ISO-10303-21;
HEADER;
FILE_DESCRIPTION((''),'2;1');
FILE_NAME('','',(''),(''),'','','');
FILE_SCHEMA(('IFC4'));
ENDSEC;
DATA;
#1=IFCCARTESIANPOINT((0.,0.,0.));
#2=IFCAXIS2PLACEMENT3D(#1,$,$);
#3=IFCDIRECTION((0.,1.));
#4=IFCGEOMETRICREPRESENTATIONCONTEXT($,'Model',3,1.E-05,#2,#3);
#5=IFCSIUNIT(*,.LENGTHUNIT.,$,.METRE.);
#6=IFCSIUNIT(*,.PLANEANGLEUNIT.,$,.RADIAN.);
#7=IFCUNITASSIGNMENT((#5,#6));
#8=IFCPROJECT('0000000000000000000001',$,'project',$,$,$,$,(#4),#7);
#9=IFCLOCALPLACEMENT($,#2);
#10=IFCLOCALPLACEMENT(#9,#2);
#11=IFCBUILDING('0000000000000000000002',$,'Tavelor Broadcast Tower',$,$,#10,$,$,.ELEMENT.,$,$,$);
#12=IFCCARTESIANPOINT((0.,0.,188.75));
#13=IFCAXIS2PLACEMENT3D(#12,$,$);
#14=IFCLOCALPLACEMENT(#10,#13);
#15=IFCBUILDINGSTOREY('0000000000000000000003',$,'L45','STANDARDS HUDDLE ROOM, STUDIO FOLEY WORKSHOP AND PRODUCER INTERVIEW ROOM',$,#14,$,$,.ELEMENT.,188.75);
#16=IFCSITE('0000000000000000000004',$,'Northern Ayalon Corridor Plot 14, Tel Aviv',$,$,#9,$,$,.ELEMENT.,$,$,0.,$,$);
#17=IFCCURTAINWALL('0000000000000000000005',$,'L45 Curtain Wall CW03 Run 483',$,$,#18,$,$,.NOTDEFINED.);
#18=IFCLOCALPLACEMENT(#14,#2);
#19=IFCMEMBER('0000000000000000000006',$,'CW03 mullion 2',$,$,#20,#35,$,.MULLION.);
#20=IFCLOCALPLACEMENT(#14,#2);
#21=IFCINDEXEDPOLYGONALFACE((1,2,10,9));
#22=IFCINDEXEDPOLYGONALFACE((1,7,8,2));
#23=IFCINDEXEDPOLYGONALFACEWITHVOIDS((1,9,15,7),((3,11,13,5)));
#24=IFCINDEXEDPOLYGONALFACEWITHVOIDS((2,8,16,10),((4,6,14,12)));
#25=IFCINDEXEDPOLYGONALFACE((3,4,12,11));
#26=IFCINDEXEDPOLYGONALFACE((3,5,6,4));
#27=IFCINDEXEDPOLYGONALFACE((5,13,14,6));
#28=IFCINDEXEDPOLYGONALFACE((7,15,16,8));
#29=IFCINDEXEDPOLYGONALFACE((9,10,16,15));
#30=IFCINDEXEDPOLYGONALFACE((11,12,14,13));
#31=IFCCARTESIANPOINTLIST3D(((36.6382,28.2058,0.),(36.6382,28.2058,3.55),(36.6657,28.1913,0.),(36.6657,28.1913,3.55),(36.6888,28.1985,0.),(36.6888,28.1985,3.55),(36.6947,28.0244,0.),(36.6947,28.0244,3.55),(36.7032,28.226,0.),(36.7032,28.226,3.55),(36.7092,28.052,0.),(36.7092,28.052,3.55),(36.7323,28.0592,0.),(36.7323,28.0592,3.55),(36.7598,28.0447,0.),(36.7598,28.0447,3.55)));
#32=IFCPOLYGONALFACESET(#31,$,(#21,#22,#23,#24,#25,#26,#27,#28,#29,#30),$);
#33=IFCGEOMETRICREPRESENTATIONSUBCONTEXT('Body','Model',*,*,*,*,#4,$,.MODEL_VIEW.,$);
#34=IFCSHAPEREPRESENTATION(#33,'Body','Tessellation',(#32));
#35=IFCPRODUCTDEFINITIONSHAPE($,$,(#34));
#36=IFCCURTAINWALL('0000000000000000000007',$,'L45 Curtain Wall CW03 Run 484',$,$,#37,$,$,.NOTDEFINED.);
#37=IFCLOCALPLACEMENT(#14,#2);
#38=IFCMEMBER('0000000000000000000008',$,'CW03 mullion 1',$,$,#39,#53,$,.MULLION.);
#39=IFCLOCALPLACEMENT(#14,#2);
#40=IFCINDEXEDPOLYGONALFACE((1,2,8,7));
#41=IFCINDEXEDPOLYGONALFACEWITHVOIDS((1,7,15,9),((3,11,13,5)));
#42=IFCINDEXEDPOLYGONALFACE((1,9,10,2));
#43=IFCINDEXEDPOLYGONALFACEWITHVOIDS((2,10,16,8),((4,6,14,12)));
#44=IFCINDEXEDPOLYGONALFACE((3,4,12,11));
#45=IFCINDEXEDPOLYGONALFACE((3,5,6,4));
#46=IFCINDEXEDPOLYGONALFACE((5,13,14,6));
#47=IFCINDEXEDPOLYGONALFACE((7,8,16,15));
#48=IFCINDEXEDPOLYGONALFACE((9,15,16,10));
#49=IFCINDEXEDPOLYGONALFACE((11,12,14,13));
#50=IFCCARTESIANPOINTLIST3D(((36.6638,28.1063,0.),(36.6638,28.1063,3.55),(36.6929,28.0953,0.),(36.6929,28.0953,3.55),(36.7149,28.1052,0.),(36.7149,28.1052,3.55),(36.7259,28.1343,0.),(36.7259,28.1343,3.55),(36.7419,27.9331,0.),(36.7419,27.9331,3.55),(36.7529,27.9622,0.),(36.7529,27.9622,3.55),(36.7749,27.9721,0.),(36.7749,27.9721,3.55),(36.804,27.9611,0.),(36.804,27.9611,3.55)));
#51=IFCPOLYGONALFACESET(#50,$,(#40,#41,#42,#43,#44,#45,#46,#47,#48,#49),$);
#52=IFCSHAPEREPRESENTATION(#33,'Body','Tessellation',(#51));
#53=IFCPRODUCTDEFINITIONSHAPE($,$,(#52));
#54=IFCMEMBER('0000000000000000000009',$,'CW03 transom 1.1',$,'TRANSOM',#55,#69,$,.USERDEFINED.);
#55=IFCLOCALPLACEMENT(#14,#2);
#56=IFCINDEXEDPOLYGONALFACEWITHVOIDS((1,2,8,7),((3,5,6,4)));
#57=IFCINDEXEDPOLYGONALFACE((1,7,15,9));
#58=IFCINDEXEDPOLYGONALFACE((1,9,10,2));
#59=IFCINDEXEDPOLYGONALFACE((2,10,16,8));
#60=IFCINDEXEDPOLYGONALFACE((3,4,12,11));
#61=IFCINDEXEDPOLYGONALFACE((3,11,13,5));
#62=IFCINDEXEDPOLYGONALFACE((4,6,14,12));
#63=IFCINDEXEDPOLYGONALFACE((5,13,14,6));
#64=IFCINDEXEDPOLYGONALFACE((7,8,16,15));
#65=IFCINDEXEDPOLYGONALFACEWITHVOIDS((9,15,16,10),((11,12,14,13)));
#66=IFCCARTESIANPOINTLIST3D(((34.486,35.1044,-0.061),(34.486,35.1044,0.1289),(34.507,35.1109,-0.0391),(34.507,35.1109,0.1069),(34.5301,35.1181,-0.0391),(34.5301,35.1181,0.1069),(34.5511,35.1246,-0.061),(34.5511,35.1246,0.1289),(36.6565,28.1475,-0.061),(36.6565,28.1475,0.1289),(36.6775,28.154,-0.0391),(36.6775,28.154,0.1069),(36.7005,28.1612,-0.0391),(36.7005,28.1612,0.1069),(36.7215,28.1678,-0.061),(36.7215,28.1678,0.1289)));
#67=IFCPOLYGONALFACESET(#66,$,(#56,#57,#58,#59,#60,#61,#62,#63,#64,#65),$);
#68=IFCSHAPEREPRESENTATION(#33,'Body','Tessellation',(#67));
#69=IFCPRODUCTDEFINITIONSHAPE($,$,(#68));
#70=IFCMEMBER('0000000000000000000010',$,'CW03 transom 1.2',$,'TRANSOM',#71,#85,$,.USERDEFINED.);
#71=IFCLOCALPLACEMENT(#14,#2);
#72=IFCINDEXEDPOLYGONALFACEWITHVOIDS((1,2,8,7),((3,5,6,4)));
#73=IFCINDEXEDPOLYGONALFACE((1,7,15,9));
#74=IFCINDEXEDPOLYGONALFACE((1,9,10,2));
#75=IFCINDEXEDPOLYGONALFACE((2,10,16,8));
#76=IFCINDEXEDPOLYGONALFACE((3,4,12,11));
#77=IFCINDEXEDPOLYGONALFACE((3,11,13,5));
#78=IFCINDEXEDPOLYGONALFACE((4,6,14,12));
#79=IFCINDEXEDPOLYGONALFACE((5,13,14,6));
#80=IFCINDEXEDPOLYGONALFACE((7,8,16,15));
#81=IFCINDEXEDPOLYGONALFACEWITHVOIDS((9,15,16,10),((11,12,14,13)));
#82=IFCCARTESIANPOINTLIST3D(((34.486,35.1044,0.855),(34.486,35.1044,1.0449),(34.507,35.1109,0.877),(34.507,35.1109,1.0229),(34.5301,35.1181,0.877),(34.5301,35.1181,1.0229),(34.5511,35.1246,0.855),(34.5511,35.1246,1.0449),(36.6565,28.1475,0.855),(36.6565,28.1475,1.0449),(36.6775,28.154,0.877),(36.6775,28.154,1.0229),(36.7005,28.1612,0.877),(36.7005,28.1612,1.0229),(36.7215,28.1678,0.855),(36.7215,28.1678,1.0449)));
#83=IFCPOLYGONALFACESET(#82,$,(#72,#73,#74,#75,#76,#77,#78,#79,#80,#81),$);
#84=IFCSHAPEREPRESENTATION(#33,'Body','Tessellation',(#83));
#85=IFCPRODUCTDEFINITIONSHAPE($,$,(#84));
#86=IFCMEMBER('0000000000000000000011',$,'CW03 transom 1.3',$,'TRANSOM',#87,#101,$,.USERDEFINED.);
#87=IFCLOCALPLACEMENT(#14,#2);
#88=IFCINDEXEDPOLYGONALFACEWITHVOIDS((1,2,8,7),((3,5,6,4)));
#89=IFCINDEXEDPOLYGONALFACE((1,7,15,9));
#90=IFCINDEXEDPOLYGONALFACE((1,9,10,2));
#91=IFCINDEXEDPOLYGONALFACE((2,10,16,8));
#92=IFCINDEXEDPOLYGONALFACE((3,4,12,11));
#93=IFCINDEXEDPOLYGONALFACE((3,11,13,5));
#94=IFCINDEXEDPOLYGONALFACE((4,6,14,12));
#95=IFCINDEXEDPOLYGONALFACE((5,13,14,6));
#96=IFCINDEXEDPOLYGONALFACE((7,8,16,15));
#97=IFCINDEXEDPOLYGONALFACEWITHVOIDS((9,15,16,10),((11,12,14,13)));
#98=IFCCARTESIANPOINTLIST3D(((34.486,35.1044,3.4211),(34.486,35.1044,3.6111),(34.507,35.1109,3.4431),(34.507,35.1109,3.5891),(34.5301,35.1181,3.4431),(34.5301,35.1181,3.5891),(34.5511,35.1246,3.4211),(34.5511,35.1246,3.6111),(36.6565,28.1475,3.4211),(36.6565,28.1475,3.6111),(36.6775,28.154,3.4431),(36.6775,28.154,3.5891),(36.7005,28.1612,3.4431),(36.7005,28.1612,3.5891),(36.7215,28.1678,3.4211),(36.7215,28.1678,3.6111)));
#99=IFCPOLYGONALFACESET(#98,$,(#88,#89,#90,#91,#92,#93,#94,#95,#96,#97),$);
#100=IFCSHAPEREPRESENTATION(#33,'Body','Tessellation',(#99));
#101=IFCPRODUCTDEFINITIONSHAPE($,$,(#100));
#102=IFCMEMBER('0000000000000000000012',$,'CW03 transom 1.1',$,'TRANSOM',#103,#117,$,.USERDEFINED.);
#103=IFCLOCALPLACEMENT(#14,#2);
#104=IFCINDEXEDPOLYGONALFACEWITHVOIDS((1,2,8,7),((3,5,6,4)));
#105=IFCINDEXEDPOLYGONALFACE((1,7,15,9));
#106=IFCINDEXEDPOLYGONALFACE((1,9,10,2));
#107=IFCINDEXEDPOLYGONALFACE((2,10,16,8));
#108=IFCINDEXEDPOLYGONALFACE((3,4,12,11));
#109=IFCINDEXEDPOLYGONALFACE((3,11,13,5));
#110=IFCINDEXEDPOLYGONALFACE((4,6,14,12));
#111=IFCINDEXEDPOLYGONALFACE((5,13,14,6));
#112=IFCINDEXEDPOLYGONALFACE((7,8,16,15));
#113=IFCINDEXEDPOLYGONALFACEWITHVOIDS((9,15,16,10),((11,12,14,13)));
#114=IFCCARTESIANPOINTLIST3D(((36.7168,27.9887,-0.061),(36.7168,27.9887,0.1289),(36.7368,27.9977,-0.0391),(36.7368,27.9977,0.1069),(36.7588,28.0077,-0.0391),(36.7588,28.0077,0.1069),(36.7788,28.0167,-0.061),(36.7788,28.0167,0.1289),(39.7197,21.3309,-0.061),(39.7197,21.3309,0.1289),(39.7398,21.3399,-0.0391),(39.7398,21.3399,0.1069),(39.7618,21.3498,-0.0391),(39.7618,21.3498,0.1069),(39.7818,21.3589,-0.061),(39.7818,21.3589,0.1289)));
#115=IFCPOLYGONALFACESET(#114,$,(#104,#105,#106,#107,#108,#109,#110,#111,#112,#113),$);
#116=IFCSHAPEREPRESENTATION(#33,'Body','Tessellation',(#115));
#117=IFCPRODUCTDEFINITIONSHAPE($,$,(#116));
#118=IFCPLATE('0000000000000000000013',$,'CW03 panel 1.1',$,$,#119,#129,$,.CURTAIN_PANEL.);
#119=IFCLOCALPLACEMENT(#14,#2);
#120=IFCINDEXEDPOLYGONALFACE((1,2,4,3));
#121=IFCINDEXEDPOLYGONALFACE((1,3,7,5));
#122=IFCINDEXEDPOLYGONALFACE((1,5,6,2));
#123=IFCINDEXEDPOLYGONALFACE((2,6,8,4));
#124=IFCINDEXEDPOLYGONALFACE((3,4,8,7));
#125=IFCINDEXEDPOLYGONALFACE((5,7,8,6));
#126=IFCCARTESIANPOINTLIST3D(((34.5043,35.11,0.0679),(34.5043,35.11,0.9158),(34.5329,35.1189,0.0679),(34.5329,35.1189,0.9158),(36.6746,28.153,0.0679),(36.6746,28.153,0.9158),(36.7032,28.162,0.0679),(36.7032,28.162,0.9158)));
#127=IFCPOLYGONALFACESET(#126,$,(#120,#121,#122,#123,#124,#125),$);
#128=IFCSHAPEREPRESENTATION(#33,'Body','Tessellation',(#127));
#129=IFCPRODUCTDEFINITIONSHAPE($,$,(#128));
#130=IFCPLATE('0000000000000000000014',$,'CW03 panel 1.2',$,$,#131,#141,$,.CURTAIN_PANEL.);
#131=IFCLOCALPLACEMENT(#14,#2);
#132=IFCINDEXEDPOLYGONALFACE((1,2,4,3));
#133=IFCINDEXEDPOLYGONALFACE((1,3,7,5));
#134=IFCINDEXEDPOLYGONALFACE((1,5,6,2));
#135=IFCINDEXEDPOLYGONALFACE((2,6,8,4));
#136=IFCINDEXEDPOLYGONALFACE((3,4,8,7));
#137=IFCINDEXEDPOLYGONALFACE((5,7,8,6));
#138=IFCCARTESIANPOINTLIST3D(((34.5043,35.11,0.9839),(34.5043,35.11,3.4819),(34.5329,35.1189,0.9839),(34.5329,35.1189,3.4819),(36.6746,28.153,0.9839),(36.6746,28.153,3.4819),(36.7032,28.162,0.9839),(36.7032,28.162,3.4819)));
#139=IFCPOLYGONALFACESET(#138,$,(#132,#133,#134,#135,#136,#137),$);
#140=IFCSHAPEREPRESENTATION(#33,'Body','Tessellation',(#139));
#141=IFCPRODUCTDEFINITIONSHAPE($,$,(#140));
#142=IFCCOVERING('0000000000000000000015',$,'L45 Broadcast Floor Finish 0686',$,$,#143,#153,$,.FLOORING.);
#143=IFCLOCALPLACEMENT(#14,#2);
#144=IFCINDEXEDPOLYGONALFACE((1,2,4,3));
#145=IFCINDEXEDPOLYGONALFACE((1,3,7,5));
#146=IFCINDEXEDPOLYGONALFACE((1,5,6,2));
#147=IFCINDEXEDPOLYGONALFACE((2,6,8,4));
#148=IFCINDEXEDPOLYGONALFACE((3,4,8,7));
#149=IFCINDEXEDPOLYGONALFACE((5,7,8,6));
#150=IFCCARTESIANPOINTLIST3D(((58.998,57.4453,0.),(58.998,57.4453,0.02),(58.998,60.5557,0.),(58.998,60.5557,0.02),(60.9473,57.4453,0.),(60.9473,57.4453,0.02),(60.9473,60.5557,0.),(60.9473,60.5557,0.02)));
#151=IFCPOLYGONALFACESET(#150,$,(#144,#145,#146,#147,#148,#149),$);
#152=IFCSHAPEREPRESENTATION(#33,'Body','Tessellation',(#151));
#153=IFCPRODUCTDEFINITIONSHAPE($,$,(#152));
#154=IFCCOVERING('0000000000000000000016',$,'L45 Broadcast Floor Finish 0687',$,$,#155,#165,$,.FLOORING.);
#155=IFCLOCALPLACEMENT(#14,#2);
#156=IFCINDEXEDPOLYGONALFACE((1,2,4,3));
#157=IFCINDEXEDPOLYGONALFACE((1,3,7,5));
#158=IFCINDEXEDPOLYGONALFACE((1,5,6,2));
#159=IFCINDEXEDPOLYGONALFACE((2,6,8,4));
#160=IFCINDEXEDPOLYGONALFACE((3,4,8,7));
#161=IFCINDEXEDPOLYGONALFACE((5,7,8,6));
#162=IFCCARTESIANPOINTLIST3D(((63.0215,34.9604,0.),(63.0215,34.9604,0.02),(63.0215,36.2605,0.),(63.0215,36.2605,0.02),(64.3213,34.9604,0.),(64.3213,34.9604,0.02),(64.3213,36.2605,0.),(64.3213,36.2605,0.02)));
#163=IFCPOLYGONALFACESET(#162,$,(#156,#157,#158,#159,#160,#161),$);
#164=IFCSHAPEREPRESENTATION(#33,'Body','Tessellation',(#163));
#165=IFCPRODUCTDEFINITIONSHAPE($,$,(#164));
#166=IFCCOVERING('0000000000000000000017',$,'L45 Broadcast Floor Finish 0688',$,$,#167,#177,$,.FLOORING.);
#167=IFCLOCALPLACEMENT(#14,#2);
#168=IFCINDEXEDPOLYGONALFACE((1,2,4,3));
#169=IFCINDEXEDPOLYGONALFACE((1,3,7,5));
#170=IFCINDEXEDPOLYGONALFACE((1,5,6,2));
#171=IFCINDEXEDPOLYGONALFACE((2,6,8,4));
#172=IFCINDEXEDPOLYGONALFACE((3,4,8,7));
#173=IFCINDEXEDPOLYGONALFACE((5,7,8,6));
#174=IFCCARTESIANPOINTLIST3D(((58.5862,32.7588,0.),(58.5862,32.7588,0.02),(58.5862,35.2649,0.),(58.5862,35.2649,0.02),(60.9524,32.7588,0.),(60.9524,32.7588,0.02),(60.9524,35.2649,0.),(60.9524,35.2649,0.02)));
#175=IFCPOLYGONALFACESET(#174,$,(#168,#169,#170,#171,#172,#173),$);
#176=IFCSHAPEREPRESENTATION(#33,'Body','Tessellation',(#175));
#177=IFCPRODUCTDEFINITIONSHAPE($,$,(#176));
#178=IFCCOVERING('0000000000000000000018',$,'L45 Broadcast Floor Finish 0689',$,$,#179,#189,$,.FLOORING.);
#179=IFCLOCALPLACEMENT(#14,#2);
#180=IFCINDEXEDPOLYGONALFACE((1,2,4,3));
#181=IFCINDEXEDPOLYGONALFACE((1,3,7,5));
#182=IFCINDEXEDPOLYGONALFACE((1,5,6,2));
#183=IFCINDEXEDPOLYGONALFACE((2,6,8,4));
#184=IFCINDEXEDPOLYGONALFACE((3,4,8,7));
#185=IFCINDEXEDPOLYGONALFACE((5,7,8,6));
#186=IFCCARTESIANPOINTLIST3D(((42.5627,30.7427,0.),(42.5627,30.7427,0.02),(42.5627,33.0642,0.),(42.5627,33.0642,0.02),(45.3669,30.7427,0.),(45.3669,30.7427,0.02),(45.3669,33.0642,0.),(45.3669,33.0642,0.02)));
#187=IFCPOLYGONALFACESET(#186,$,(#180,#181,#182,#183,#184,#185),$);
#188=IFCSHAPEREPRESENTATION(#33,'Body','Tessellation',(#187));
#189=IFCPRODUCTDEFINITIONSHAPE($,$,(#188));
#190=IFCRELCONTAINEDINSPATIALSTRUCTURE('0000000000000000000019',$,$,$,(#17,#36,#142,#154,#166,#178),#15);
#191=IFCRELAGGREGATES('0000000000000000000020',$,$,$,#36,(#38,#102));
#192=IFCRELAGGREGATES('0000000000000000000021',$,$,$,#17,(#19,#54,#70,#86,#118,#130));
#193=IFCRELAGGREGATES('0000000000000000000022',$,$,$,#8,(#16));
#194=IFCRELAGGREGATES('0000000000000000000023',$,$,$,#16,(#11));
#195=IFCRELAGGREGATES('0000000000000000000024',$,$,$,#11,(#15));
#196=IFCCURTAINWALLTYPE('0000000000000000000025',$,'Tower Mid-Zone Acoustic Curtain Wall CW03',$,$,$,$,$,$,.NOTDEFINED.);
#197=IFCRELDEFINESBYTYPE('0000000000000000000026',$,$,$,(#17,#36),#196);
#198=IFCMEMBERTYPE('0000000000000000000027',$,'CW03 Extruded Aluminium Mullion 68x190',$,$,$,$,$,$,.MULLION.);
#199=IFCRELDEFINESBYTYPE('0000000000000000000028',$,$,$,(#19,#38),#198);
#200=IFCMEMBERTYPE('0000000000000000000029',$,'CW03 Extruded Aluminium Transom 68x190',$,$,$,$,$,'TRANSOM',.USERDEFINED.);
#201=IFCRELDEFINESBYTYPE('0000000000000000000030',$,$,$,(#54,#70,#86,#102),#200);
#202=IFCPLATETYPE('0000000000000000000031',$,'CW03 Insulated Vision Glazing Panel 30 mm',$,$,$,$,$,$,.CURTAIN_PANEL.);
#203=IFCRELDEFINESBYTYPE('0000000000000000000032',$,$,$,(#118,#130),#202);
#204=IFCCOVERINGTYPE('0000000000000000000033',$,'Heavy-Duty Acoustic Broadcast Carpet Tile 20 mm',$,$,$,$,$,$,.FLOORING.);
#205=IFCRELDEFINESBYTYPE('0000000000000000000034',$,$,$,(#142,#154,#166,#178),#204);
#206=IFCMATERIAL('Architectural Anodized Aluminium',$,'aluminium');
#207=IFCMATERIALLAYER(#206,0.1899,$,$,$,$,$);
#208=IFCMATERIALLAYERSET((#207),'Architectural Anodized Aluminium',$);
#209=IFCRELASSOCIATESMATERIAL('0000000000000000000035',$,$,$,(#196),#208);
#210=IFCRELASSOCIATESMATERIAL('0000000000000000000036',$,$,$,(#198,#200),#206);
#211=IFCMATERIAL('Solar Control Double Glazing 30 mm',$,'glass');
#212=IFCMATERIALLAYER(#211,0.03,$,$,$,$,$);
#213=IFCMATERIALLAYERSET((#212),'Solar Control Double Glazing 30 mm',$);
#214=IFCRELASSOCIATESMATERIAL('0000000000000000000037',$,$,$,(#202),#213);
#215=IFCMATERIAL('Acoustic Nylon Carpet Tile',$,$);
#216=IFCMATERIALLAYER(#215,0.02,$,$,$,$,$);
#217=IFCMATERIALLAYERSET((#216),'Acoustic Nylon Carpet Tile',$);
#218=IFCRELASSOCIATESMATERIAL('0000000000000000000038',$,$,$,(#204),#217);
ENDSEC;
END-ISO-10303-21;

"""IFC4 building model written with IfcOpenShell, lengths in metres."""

from ifc_helpers import new_model, si_unit, direction, frame, origin, origin_2d, place, context, subcontext, project, spatial, polyline, rectangle, hollow_rectangle, outline, extrude, source, transform, mapped, material, layer, layer_set, material_profile, profile_set, type_object, type_shapes, element, aggregate, save


model = new_model("IFC4")

# Units and contexts
model_context = context("Model", 3, precision=1e-05, world=origin(), true_north=direction((0.0, 1.0)))
body_context = subcontext(model_context, "Body", "Model", "MODEL_VIEW")
ifc_project = project(units=[si_unit("LENGTHUNIT", "METRE"), si_unit("PLANEANGLEUNIT", "RADIAN")], contexts=[model_context])

# Site, building, storey
site_placement = place(None, origin())
site = spatial("IfcSite", under=ifc_project, at=site_placement, Name="Northern Ayalon Corridor Plot 14, Tel Aviv", CompositionType="ELEMENT", RefElevation=0.0)
building_placement = place(site_placement, origin())
building = spatial("IfcBuilding", under=site, at=building_placement, Name="Tavelor Broadcast Tower", CompositionType="ELEMENT")
storey_placement = place(building_placement, frame((0.0, 0.0, 188.75)))
storey = spatial("IfcBuildingStorey", under=building, at=storey_placement, Name="L45", Description="STANDARDS HUDDLE ROOM, STUDIO FOLEY WORKSHOP AND PRODUCER INTERVIEW ROOM", CompositionType="ELEMENT", Elevation=188.75)

# Curtain walls, members
ifc_material_1 = material(Name="Architectural Anodized Aluminium", Category="aluminium")
ifc_layer_1 = layer(ifc_material_1, 0.1899)
ifc_layer_set_1 = layer_set([ifc_layer_1], Name="Architectural Anodized Aluminium")
curtain_wall_type = type_object("IfcCurtainWallType", Name="Tower Mid-Zone Acoustic Curtain Wall CW03", PredefinedType="NOTDEFINED", material=ifc_layer_set_1)
curtain_wall_1_placement = place(storey_placement, origin())
curtain_wall_1 = element("IfcCurtainWall", 1, at=curtain_wall_1_placement, inside=storey, type_object=curtain_wall_type, Name="L45 Curtain Wall CW03 Run 483", PredefinedType="NOTDEFINED")
ifc_material_profile_1 = material_profile(ifc_material_1, hollow_rectangle(XDim=0.0681, YDim=0.1899, WallThickness=0.022, at=origin_2d()), Name="RHS 68x190x22")
ifc_profile_set_1 = profile_set([ifc_material_profile_1], Name="Architectural Anodized Aluminium")
member_type_1 = type_object("IfcMemberType", Name="CW03 Extruded Aluminium Mullion 68x190", PredefinedType="MULLION", material=ifc_profile_set_1)
shared_shape_1 = source(origin(), body_context, "Body", "SweptSolid", [
    extrude(hollow_rectangle(XDim=0.0681, YDim=0.1899, WallThickness=0.022, at=origin_2d()), origin(), (0.0, 0.0, 1.0), 3.55),
])
type_shapes(member_type_1, [shared_shape_1])
member_1_placement = place(storey_placement, frame((36.699, 28.1252, 0.0), z_axis=(0.0, 0.0, 1.0), x_axis=(0.954627, 0.297806, 0.0)))
member_1 = element("IfcMember", 2, at=member_1_placement, type_object=member_type_1, Name="CW03 mullion 2", PredefinedType="MULLION", context=body_context, shape_type="MappedRepresentation", body=[
    mapped(shared_shape_1, transform((0.0, 0.0, 0.0), scale=1.0)),
])
curtain_wall_2_placement = place(storey_placement, origin())
curtain_wall_2 = element("IfcCurtainWall", 3, at=curtain_wall_2_placement, inside=storey, type_object=curtain_wall_type, Name="L45 Curtain Wall CW03 Run 484", PredefinedType="NOTDEFINED")
member_2_placement = place(storey_placement, frame((36.7339, 28.0337, 0.0), z_axis=(0.0, 0.0, 1.0), x_axis=(0.911572, 0.41114, 0.0)))
member_2 = element("IfcMember", 4, at=member_2_placement, type_object=member_type_1, Name="CW03 mullion 1", PredefinedType="MULLION", context=body_context, shape_type="MappedRepresentation", body=[
    mapped(shared_shape_1, transform((0.0, 0.0, 0.0), scale=1.0)),
])

# Members
ifc_material_profile_2 = material_profile(ifc_material_1, hollow_rectangle(XDim=0.0681, YDim=0.1899, WallThickness=0.022, at=origin_2d()), Name="RHS 68x190x22")
ifc_profile_set_2 = profile_set([ifc_material_profile_2], Name="Architectural Anodized Aluminium")
member_type_2 = type_object("IfcMemberType", Name="CW03 Extruded Aluminium Transom 68x190", ElementType="TRANSOM", PredefinedType="USERDEFINED", material=ifc_profile_set_2)
shared_shape_2 = source(origin(), body_context, "Body", "SweptSolid", [
    extrude(hollow_rectangle(XDim=0.0681, YDim=0.1899, WallThickness=0.022, at=origin_2d()), origin(), (0.0, 0.0, 1.0), 7.2876),
])
member_3_placement = place(storey_placement, frame((34.5186, 35.1145, 0.0339), z_axis=(0.297827, -0.95462, 0.0), x_axis=(0.95462, 0.297827, 0.0)))
member_3 = element("IfcMember", 5, at=member_3_placement, type_object=member_type_2, Name="CW03 transom 1.1", ObjectType="TRANSOM", PredefinedType="USERDEFINED", context=body_context, shape_type="MappedRepresentation", body=[
    mapped(shared_shape_2, transform((0.0, 0.0, 0.0), scale=1.0)),
])
member_4_placement = place(storey_placement, frame((34.5186, 35.1145, 0.95), z_axis=(0.297827, -0.95462, 0.0), x_axis=(0.95462, 0.297827, 0.0)))
member_4 = element("IfcMember", 6, at=member_4_placement, type_object=member_type_2, Name="CW03 transom 1.2", ObjectType="TRANSOM", PredefinedType="USERDEFINED", context=body_context, shape_type="MappedRepresentation", body=[
    mapped(shared_shape_2, transform((0.0, 0.0, 0.0), scale=1.0)),
])
member_5_placement = place(storey_placement, frame((34.5186, 35.1145, 3.5161), z_axis=(0.297827, -0.95462, 0.0), x_axis=(0.95462, 0.297827, 0.0)))
member_5 = element("IfcMember", 7, at=member_5_placement, type_object=member_type_2, Name="CW03 transom 1.3", ObjectType="TRANSOM", PredefinedType="USERDEFINED", context=body_context, shape_type="MappedRepresentation", body=[
    mapped(shared_shape_2, transform((0.0, 0.0, 0.0), scale=1.0)),
])
shared_shape_3 = source(origin(), body_context, "Body", "SweptSolid", [
    extrude(hollow_rectangle(XDim=0.0681, YDim=0.1899, WallThickness=0.022, at=origin_2d()), origin(), (0.0, 0.0, 1.0), 7.3037),
])
type_shapes(member_type_2, [shared_shape_2, shared_shape_3])
member_6_placement = place(storey_placement, frame((36.7478, 28.0027, 0.0339), z_axis=(0.411157, -0.911565, 0.0), x_axis=(0.911565, 0.411157, 0.0)))
member_6 = element("IfcMember", 8, at=member_6_placement, type_object=member_type_2, Name="CW03 transom 1.1", ObjectType="TRANSOM", PredefinedType="USERDEFINED", context=body_context, shape_type="MappedRepresentation", body=[
    mapped(shared_shape_3, transform((0.0, 0.0, 0.0), scale=1.0)),
])
aggregate(curtain_wall_2, [member_2, member_6])

# Plates
ifc_material_2 = material(Name="Solar Control Double Glazing 30 mm", Category="glass")
ifc_layer_2 = layer(ifc_material_2, 0.03)
ifc_layer_set_2 = layer_set([ifc_layer_2], Name="Solar Control Double Glazing 30 mm")
plate_type = type_object("IfcPlateType", Name="CW03 Insulated Vision Glazing Panel 30 mm", PredefinedType="CURTAIN_PANEL", material=ifc_layer_set_2)
shared_shape_4 = source(origin(), body_context, "Body", "SweptSolid", [
    extrude(rectangle(XDim=7.2876, YDim=0.03, at=origin_2d()), origin(), (0.0, 0.0, 1.0), 0.8479),
])
plate_1_placement = place(storey_placement, frame((35.6038, 31.636, 0.0679), z_axis=(0.0, 0.0, 1.0), x_axis=(0.297806, -0.954627, 0.0)))
plate_1 = element("IfcPlate", 9, at=plate_1_placement, type_object=plate_type, Name="CW03 panel 1.1", PredefinedType="CURTAIN_PANEL", context=body_context, shape_type="MappedRepresentation", body=[
    mapped(shared_shape_4, transform((0.0, 0.0, 0.0), scale=1.0)),
])
shared_shape_5 = source(origin(), body_context, "Body", "SweptSolid", [
    extrude(rectangle(XDim=7.2876, YDim=0.03, at=origin_2d()), origin(), (0.0, 0.0, 1.0), 2.498),
])
type_shapes(plate_type, [shared_shape_4, shared_shape_5])
plate_2_placement = place(storey_placement, frame((35.6038, 31.636, 0.9839), z_axis=(0.0, 0.0, 1.0), x_axis=(0.297806, -0.954627, 0.0)))
plate_2 = element("IfcPlate", 10, at=plate_2_placement, type_object=plate_type, Name="CW03 panel 1.2", PredefinedType="CURTAIN_PANEL", context=body_context, shape_type="MappedRepresentation", body=[
    mapped(shared_shape_5, transform((0.0, 0.0, 0.0), scale=1.0)),
])
aggregate(curtain_wall_1, [member_1, member_3, member_4, member_5, plate_1, plate_2])

# Coverings
ifc_material_3 = material(Name="Acoustic Nylon Carpet Tile")
ifc_layer_3 = layer(ifc_material_3, 0.02)
ifc_layer_set_3 = layer_set([ifc_layer_3], Name="Acoustic Nylon Carpet Tile")
covering_type_1 = type_object("IfcCoveringType", Name="Heavy-Duty Acoustic Broadcast Carpet Tile 20 mm", PredefinedType="FLOORING", material=ifc_layer_set_3)
covering_1_placement = place(storey_placement, origin())
element("IfcCovering", 11, at=covering_1_placement, inside=storey, type_object=covering_type_1, Name="L45 Broadcast Floor Finish 0686", PredefinedType="FLOORING", context=body_context, shape_type="SweptSolid", body=[
    extrude(outline(polyline([(58.998, 57.4453), (60.9473, 57.4453), (60.9473, 60.5557), (58.998, 60.5557), (58.998, 57.4453)])), origin(), (0.0, 0.0, 1.0), 0.02),
])
covering_2_placement = place(storey_placement, origin())
element("IfcCovering", 12, at=covering_2_placement, inside=storey, type_object=covering_type_1, Name="L45 Broadcast Floor Finish 0687", PredefinedType="FLOORING", context=body_context, shape_type="SweptSolid", body=[
    extrude(outline(polyline([(63.0215, 34.9604), (64.3213, 34.9604), (64.3213, 36.2605), (63.0215, 36.2605), (63.0215, 34.9604)])), origin(), (0.0, 0.0, 1.0), 0.02),
])
covering_3_placement = place(storey_placement, origin())
element("IfcCovering", 13, at=covering_3_placement, inside=storey, type_object=covering_type_1, Name="L45 Broadcast Floor Finish 0688", PredefinedType="FLOORING", context=body_context, shape_type="SweptSolid", body=[
    extrude(outline(polyline([(58.5862, 32.7588), (60.9524, 32.7588), (60.9524, 35.2649), (58.5862, 35.2649), (58.5862, 32.7588)])), origin(), (0.0, 0.0, 1.0), 0.02),
])
covering_4_placement = place(storey_placement, origin())
element("IfcCovering", 14, at=covering_4_placement, inside=storey, type_object=covering_type_1, Name="L45 Broadcast Floor Finish 0689", PredefinedType="FLOORING", context=body_context, shape_type="SweptSolid", body=[
    extrude(outline(polyline([(42.5627, 30.7427), (45.3669, 30.7427), (45.3669, 33.0642), (42.5627, 33.0642), (42.5627, 30.7427)])), origin(), (0.0, 0.0, 1.0), 0.02),
])

save(model, "model.ifc")
